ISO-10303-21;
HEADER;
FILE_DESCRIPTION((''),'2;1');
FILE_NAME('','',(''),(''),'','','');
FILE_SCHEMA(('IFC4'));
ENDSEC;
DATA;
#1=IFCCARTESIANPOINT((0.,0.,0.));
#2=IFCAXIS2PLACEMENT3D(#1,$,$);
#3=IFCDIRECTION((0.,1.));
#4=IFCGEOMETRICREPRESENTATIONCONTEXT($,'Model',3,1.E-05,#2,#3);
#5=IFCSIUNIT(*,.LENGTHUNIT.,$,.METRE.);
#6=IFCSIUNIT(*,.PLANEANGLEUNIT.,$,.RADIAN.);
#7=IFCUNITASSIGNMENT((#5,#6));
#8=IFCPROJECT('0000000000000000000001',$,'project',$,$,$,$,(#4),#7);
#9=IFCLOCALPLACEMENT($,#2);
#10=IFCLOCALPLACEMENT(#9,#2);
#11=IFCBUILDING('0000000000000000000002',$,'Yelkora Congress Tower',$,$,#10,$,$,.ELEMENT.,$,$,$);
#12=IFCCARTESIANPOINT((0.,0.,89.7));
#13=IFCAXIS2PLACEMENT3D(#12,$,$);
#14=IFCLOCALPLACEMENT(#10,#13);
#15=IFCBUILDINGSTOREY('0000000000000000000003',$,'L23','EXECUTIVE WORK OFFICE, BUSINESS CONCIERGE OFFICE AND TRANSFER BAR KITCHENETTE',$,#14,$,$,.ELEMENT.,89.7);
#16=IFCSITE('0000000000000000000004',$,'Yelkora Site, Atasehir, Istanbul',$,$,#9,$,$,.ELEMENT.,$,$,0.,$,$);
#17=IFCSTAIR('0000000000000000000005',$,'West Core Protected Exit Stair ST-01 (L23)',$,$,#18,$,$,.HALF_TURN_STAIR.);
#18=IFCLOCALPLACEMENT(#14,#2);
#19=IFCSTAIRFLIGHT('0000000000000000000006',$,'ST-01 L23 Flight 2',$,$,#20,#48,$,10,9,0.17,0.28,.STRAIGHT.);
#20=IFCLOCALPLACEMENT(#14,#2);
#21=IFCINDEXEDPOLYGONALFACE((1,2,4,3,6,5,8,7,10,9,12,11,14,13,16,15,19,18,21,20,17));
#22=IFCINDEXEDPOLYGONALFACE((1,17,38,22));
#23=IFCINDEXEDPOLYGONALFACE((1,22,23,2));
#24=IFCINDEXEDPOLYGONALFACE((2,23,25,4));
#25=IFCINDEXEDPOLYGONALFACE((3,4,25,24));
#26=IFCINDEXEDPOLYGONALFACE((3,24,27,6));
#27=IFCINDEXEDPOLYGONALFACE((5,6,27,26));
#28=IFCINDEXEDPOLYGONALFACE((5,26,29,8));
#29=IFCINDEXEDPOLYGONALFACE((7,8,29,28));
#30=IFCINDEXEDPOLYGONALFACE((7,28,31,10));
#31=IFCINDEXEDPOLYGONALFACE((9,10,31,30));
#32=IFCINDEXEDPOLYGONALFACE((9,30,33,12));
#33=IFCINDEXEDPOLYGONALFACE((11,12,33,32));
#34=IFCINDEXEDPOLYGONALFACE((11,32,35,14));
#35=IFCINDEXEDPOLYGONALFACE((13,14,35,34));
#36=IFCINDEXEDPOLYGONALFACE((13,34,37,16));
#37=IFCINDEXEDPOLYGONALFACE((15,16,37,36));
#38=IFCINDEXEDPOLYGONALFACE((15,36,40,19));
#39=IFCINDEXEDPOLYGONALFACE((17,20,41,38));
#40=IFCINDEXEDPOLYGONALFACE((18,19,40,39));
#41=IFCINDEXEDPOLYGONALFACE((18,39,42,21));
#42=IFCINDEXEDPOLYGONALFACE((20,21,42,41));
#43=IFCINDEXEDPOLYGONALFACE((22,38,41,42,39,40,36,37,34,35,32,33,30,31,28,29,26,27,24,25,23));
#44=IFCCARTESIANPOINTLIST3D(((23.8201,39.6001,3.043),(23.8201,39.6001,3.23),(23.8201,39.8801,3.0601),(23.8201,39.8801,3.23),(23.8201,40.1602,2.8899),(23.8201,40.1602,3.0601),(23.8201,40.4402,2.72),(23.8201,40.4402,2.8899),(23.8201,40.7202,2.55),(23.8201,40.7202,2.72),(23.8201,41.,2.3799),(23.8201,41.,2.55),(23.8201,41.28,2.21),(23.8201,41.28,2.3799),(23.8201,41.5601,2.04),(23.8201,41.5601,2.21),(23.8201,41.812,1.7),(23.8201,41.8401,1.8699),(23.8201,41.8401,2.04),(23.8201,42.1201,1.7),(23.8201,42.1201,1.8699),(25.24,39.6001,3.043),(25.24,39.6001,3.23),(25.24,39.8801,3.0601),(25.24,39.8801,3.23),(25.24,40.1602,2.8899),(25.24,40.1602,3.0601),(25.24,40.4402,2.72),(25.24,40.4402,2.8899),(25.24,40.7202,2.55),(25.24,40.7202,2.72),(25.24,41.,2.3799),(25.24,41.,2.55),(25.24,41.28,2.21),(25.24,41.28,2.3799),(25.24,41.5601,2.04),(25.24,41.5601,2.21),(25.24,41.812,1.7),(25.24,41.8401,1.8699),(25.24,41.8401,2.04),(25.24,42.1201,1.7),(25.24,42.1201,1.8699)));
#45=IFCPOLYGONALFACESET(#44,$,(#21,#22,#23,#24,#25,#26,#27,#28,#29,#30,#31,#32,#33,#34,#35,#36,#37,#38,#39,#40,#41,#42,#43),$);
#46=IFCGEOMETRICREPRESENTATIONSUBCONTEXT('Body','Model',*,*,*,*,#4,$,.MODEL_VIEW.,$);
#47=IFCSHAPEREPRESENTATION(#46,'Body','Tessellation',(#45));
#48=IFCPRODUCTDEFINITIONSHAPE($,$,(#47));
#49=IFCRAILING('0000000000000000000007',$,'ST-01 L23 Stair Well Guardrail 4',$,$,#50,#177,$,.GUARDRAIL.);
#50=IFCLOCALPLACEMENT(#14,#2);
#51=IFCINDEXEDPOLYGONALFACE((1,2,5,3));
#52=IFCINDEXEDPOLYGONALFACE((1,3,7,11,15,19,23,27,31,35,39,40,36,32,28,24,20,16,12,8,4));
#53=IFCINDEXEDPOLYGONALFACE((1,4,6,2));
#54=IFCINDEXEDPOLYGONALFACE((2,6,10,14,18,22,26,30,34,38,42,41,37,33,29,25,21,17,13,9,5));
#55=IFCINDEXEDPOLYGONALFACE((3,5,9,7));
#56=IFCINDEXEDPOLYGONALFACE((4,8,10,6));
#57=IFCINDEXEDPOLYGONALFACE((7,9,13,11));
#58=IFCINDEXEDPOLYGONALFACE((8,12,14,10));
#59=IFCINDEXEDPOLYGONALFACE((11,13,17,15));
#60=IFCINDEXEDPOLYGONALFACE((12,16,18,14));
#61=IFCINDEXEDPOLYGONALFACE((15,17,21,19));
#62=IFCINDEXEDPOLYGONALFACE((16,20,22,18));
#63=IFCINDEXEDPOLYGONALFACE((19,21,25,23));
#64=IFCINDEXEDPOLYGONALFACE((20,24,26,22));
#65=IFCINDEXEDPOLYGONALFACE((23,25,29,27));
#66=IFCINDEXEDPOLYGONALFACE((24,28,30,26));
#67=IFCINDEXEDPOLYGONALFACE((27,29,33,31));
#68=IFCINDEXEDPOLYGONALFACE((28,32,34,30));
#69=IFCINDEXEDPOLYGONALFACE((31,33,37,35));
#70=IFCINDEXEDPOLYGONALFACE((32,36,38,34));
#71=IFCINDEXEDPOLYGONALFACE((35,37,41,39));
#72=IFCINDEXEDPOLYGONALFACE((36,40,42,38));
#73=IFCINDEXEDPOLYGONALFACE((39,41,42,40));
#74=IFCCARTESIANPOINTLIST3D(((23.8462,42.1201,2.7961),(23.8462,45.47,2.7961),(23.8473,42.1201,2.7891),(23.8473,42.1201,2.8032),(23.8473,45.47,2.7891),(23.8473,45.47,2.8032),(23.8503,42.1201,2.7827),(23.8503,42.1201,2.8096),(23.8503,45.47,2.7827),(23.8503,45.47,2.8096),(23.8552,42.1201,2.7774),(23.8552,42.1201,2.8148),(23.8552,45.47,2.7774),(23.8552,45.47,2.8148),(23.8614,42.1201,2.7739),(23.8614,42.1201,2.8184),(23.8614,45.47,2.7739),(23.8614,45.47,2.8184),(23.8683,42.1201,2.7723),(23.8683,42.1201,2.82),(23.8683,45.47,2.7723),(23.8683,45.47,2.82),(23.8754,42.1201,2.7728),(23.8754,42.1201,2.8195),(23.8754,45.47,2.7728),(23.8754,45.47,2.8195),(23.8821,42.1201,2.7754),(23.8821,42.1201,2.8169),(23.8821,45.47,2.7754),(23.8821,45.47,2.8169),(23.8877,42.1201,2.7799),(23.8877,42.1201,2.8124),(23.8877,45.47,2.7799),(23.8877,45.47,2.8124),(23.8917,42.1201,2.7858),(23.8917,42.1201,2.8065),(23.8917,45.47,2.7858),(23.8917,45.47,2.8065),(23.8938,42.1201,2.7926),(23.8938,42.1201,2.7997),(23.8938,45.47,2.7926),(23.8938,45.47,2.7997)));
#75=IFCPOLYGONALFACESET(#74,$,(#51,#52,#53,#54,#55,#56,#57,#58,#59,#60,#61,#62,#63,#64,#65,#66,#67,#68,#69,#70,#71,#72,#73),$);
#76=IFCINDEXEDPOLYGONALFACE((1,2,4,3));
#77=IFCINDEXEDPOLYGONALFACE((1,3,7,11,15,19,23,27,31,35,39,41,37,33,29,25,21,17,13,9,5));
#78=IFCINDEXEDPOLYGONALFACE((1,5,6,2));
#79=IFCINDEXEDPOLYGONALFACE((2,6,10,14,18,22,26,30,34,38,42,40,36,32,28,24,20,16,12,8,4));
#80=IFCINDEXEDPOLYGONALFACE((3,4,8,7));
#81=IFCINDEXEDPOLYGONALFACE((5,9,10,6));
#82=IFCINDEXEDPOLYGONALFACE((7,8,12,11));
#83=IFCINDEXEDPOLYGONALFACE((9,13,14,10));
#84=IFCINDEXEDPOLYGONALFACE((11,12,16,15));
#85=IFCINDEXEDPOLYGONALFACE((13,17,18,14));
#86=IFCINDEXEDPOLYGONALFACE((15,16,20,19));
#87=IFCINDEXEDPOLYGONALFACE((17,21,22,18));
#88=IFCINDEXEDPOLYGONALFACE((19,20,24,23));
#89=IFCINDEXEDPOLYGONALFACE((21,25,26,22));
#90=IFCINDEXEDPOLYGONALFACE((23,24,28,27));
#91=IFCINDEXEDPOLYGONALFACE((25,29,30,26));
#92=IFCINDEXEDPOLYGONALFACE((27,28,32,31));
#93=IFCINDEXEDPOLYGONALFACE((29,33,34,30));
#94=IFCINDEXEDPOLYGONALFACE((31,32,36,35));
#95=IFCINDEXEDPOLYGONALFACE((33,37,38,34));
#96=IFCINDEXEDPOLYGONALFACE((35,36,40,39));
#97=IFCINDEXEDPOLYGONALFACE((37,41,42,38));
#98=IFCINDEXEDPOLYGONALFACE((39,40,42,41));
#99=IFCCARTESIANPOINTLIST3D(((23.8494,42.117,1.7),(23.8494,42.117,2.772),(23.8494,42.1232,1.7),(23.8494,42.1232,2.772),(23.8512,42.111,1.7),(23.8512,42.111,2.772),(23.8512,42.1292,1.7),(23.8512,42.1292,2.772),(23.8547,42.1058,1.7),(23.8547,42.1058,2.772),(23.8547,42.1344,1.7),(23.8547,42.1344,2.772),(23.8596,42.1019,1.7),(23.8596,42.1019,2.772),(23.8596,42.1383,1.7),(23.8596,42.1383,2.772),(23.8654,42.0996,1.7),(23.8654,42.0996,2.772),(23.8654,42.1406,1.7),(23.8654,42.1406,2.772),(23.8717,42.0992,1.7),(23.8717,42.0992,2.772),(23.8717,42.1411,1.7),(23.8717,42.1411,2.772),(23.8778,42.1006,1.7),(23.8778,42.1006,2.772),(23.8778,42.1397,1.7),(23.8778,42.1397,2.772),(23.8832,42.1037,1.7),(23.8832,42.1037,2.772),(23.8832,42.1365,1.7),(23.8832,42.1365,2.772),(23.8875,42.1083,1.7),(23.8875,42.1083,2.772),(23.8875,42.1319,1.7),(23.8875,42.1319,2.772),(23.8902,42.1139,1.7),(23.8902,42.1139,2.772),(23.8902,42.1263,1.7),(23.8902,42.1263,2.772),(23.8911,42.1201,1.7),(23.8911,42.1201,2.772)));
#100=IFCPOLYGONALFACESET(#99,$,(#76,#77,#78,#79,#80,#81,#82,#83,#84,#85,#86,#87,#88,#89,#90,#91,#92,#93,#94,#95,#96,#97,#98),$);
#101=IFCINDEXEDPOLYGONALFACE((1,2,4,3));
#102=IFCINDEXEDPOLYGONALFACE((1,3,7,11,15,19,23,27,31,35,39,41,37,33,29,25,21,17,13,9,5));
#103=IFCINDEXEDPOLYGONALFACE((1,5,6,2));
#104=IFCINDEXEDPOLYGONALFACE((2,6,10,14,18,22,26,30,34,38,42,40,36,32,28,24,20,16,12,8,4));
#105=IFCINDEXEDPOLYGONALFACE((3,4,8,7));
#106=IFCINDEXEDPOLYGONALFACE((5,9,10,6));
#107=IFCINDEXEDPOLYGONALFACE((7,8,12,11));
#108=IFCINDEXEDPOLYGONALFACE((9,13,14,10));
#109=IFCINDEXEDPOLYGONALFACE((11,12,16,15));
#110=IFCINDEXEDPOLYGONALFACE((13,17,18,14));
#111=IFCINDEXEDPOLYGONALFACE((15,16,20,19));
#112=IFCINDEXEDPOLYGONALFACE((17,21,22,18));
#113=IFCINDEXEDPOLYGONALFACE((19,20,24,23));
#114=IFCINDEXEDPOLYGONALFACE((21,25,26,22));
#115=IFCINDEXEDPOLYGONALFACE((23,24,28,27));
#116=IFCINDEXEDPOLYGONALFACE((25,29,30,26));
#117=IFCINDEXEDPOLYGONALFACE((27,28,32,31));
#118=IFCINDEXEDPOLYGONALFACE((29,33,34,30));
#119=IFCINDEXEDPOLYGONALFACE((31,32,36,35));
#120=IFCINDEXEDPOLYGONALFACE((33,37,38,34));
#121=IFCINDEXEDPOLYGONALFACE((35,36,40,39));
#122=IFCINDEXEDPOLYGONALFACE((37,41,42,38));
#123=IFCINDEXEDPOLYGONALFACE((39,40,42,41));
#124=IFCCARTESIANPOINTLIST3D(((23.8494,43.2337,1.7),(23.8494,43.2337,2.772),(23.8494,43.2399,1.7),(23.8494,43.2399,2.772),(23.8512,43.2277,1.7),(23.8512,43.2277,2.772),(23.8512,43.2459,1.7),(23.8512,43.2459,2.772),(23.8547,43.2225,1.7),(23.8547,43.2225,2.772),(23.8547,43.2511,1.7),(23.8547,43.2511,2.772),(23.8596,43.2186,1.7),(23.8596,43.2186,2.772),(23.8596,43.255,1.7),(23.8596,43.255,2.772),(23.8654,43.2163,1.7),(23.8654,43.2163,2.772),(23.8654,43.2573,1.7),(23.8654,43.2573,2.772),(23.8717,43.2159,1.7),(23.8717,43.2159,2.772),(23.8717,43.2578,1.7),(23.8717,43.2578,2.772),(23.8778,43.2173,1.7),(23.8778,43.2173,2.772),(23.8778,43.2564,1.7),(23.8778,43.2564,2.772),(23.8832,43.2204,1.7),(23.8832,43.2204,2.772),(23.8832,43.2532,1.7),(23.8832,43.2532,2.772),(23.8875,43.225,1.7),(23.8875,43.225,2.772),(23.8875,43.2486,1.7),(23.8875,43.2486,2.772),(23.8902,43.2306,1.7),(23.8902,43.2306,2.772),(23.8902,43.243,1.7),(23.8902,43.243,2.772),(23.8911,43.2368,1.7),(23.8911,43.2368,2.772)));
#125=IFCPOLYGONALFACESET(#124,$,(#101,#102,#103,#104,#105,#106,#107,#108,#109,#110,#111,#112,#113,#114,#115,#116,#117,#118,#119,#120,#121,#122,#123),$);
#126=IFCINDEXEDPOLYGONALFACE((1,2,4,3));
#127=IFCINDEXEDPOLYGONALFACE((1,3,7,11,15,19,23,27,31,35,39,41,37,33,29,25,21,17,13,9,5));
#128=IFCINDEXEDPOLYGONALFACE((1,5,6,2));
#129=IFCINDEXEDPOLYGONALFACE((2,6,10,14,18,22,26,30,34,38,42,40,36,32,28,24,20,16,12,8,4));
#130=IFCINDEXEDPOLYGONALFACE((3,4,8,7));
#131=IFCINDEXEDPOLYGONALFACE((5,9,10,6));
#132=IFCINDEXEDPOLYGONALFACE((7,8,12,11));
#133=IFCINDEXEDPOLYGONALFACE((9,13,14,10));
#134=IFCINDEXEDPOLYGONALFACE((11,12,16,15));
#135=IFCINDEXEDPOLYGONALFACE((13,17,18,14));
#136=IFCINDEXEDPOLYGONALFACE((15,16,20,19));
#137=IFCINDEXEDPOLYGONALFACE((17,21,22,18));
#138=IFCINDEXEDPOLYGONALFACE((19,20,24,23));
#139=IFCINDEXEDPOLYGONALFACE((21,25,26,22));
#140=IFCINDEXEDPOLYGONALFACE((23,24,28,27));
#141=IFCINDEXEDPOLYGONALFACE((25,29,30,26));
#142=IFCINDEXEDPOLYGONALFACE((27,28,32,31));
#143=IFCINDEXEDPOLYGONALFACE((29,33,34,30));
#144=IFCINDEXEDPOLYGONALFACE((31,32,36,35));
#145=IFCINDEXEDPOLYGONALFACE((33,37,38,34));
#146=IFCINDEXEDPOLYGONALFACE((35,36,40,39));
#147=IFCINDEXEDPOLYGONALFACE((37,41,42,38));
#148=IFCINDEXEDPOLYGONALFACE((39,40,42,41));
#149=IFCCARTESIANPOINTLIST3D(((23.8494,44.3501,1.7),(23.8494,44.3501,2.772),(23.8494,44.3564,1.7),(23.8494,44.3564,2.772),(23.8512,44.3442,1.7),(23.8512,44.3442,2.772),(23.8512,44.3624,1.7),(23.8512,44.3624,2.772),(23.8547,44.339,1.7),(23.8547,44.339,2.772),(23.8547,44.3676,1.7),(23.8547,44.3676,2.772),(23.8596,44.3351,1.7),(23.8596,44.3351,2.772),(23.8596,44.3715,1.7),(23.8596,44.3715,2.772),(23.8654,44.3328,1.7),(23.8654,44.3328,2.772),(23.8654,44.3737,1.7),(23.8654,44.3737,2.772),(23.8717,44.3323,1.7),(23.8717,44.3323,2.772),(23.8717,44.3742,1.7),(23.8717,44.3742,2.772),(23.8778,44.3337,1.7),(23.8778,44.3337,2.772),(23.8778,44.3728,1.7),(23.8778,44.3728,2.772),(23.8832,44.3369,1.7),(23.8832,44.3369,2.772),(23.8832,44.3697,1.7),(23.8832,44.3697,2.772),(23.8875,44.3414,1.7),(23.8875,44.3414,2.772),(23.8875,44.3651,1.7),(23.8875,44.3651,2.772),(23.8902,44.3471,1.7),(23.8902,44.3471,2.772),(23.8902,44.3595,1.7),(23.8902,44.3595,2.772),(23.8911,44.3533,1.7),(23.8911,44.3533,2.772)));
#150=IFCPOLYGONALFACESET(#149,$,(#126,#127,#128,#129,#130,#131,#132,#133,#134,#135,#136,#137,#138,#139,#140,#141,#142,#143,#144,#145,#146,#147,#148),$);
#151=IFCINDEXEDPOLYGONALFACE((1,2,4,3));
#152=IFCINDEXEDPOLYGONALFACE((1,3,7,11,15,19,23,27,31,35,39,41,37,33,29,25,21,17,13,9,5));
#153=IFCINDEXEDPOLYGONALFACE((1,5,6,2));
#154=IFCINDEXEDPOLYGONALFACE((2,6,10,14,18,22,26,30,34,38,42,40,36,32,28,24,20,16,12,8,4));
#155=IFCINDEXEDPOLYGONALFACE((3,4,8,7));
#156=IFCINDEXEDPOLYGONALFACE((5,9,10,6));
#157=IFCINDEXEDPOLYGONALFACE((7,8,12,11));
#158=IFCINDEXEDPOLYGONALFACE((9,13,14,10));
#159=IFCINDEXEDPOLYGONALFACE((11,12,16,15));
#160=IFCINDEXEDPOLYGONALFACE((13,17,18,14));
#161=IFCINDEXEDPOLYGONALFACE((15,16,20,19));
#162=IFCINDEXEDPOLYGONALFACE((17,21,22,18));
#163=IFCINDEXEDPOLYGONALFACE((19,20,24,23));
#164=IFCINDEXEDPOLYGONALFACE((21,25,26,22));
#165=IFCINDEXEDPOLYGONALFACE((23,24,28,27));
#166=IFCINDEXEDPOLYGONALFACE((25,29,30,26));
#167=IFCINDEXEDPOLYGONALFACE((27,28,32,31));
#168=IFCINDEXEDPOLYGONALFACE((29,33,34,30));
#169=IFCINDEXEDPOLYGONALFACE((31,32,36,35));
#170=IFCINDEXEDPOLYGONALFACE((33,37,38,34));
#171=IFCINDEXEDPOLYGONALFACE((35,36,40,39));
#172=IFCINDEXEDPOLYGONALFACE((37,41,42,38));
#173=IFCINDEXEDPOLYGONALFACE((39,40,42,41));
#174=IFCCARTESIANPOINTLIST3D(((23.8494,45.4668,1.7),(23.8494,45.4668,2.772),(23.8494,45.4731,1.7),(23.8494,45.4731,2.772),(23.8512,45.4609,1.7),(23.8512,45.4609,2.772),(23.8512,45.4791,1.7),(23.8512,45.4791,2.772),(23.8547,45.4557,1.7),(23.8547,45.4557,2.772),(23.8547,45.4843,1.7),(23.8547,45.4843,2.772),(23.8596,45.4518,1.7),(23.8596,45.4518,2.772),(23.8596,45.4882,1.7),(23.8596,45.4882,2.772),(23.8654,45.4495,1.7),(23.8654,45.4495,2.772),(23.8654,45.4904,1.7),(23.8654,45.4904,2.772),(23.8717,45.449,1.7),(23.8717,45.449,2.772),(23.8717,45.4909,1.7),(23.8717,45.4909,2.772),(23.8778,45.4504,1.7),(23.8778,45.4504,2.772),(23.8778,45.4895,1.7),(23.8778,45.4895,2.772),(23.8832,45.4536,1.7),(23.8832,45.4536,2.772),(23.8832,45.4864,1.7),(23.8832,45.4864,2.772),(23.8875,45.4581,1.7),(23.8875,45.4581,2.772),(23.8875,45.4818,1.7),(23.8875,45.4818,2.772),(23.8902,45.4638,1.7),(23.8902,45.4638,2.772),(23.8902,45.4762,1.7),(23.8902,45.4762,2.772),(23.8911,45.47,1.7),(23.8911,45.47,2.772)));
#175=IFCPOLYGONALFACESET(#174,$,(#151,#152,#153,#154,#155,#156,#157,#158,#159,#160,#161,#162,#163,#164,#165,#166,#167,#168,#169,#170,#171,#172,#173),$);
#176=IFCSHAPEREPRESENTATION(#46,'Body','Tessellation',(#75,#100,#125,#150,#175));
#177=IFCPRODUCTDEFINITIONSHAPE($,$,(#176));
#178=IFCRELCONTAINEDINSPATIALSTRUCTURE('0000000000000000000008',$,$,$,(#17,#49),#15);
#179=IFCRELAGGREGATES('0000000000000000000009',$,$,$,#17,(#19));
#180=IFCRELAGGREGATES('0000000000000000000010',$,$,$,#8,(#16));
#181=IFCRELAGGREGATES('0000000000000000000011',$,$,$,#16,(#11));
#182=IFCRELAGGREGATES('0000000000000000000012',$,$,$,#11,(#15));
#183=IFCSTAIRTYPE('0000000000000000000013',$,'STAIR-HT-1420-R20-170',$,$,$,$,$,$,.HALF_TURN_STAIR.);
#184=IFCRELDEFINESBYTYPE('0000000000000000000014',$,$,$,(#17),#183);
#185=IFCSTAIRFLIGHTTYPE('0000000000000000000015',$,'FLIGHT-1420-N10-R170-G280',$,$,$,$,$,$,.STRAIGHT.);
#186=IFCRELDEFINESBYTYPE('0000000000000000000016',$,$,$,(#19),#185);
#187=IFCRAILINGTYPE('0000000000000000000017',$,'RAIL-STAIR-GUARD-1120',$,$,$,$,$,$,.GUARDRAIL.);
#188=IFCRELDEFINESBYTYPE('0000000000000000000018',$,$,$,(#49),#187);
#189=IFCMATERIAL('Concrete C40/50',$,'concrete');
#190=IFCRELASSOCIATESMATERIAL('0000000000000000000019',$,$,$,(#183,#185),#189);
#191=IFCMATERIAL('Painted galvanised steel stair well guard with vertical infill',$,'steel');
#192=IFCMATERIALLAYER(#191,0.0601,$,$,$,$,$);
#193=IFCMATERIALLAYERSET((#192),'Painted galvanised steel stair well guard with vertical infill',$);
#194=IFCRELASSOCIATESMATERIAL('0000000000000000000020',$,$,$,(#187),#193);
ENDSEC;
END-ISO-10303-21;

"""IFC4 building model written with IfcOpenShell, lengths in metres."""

from ifc_helpers import new_model, si_unit, direction, frame, origin, origin_2d, place, context, subcontext, project, spatial, polyline, circle, outline, extrude, material, layer, layer_set, type_object, element, aggregate, save


model = new_model("IFC4")

# Units and contexts
model_context = context("Model", 3, precision=1e-05, world=origin(), true_north=direction((0.0, 1.0)))
body_context = subcontext(model_context, "Body", "Model", "MODEL_VIEW")
ifc_project = project(units=[si_unit("LENGTHUNIT", "METRE"), si_unit("PLANEANGLEUNIT", "RADIAN")], contexts=[model_context])

# Site, building, storey
site_placement = place(None, origin())
site = spatial("IfcSite", under=ifc_project, at=site_placement, Name="Yelkora Site, Atasehir, Istanbul", CompositionType="ELEMENT", RefElevation=0.0)
building_placement = place(site_placement, origin())
building = spatial("IfcBuilding", under=site, at=building_placement, Name="Yelkora Congress Tower", CompositionType="ELEMENT")
storey_placement = place(building_placement, frame((0.0, 0.0, 89.7)))
storey = spatial("IfcBuildingStorey", under=building, at=storey_placement, Name="L23", Description="EXECUTIVE WORK OFFICE, BUSINESS CONCIERGE OFFICE AND TRANSFER BAR KITCHENETTE", CompositionType="ELEMENT", Elevation=89.7)

# Stair, stair flight
ifc_material_1 = material(Name="Concrete C40/50", Category="concrete")
stair_type = type_object("IfcStairType", Name="STAIR-HT-1420-R20-170", PredefinedType="HALF_TURN_STAIR", material=ifc_material_1)
stair_placement = place(storey_placement, origin())
stair = element("IfcStair", 1, at=stair_placement, inside=storey, type_object=stair_type, Name="West Core Protected Exit Stair ST-01 (L23)", PredefinedType="HALF_TURN_STAIR")
stair_flight_type = type_object("IfcStairFlightType", Name="FLIGHT-1420-N10-R170-G280", PredefinedType="STRAIGHT", material=ifc_material_1)
stair_flight_placement = place(storey_placement, frame((24.53, 42.1201, 1.7), z_axis=(0.0, 0.0, 1.0), x_axis=(0.0, -1.0, 0.0)))
stair_flight = element("IfcStairFlight", 2, at=stair_flight_placement, type_object=stair_flight_type, Name="ST-01 L23 Flight 2", NumberOfRisers=10, NumberOfTreads=9, PredefinedType="STRAIGHT", RiserHeight=0.17, TreadLength=0.28, context=body_context, shape_type="SweptSolid", body=[
    extrude(outline(polyline([(0.0, 0.0), (0.0, 0.1699), (0.28, 0.1699), (0.28, 0.3401), (0.5601, 0.3401), (0.5601, 0.51), (0.8401, 0.51), (0.8401, 0.6799), (1.1201, 0.6799), (1.1201, 0.8501), (1.3999, 0.8501), (1.3999, 1.02), (1.6799, 1.02), (1.6799, 1.1899), (1.96, 1.1899), (1.96, 1.3601), (2.24, 1.3601), (2.24, 1.53), (2.52, 1.53), (2.52, 1.7), (2.52, 1.343), (0.3081, 0.0), (0.0, 0.0)])), frame((0.0, 0.71, 0.0), z_axis=(0.0, -1.0, 0.0), x_axis=(1.0, 0.0, 0.0)), (0.0, 0.0, 1.0), 1.4199),
])
aggregate(stair, [stair_flight])

# Railing
ifc_material_2 = material(Name="Painted galvanised steel stair well guard with vertical infill", Category="steel")
ifc_layer_1 = layer(ifc_material_2, 0.0601)
ifc_layer_set_1 = layer_set([ifc_layer_1], Name="Painted galvanised steel stair well guard with vertical infill")
railing_type_1 = type_object("IfcRailingType", Name="RAIL-STAIR-GUARD-1120", PredefinedType="GUARDRAIL", material=ifc_layer_set_1)
railing_1_placement = place(storey_placement, frame((23.8701, 42.1201, 1.7)))
element("IfcRailing", 3, at=railing_1_placement, inside=storey, type_object=railing_type_1, Name="ST-01 L23 Stair Well Guardrail 4", PredefinedType="GUARDRAIL", context=body_context, shape_type="SweptSolid", body=[
    extrude(circle(Radius=0.0239, at=origin_2d()), frame((0.0, 0.0, 1.0962), z_axis=(0.0, 1.0, 0.0), x_axis=(-1.0, 0.0, 0.0)), (0.0, 0.0, 1.0), 3.3499),
    extrude(circle(Radius=0.021, at=origin_2d()), origin(), (0.0, 0.0, 1.0), 1.072),
    extrude(circle(Radius=0.021, at=origin_2d()), frame((0.0, 1.1167, 0.0)), (0.0, 0.0, 1.0), 1.072),
    extrude(circle(Radius=0.021, at=origin_2d()), frame((0.0, 2.2332, 0.0)), (0.0, 0.0, 1.0), 1.072),
    extrude(circle(Radius=0.021, at=origin_2d()), frame((0.0, 3.3499, 0.0)), (0.0, 0.0, 1.0), 1.072),
])

save(model, "model.ifc")
